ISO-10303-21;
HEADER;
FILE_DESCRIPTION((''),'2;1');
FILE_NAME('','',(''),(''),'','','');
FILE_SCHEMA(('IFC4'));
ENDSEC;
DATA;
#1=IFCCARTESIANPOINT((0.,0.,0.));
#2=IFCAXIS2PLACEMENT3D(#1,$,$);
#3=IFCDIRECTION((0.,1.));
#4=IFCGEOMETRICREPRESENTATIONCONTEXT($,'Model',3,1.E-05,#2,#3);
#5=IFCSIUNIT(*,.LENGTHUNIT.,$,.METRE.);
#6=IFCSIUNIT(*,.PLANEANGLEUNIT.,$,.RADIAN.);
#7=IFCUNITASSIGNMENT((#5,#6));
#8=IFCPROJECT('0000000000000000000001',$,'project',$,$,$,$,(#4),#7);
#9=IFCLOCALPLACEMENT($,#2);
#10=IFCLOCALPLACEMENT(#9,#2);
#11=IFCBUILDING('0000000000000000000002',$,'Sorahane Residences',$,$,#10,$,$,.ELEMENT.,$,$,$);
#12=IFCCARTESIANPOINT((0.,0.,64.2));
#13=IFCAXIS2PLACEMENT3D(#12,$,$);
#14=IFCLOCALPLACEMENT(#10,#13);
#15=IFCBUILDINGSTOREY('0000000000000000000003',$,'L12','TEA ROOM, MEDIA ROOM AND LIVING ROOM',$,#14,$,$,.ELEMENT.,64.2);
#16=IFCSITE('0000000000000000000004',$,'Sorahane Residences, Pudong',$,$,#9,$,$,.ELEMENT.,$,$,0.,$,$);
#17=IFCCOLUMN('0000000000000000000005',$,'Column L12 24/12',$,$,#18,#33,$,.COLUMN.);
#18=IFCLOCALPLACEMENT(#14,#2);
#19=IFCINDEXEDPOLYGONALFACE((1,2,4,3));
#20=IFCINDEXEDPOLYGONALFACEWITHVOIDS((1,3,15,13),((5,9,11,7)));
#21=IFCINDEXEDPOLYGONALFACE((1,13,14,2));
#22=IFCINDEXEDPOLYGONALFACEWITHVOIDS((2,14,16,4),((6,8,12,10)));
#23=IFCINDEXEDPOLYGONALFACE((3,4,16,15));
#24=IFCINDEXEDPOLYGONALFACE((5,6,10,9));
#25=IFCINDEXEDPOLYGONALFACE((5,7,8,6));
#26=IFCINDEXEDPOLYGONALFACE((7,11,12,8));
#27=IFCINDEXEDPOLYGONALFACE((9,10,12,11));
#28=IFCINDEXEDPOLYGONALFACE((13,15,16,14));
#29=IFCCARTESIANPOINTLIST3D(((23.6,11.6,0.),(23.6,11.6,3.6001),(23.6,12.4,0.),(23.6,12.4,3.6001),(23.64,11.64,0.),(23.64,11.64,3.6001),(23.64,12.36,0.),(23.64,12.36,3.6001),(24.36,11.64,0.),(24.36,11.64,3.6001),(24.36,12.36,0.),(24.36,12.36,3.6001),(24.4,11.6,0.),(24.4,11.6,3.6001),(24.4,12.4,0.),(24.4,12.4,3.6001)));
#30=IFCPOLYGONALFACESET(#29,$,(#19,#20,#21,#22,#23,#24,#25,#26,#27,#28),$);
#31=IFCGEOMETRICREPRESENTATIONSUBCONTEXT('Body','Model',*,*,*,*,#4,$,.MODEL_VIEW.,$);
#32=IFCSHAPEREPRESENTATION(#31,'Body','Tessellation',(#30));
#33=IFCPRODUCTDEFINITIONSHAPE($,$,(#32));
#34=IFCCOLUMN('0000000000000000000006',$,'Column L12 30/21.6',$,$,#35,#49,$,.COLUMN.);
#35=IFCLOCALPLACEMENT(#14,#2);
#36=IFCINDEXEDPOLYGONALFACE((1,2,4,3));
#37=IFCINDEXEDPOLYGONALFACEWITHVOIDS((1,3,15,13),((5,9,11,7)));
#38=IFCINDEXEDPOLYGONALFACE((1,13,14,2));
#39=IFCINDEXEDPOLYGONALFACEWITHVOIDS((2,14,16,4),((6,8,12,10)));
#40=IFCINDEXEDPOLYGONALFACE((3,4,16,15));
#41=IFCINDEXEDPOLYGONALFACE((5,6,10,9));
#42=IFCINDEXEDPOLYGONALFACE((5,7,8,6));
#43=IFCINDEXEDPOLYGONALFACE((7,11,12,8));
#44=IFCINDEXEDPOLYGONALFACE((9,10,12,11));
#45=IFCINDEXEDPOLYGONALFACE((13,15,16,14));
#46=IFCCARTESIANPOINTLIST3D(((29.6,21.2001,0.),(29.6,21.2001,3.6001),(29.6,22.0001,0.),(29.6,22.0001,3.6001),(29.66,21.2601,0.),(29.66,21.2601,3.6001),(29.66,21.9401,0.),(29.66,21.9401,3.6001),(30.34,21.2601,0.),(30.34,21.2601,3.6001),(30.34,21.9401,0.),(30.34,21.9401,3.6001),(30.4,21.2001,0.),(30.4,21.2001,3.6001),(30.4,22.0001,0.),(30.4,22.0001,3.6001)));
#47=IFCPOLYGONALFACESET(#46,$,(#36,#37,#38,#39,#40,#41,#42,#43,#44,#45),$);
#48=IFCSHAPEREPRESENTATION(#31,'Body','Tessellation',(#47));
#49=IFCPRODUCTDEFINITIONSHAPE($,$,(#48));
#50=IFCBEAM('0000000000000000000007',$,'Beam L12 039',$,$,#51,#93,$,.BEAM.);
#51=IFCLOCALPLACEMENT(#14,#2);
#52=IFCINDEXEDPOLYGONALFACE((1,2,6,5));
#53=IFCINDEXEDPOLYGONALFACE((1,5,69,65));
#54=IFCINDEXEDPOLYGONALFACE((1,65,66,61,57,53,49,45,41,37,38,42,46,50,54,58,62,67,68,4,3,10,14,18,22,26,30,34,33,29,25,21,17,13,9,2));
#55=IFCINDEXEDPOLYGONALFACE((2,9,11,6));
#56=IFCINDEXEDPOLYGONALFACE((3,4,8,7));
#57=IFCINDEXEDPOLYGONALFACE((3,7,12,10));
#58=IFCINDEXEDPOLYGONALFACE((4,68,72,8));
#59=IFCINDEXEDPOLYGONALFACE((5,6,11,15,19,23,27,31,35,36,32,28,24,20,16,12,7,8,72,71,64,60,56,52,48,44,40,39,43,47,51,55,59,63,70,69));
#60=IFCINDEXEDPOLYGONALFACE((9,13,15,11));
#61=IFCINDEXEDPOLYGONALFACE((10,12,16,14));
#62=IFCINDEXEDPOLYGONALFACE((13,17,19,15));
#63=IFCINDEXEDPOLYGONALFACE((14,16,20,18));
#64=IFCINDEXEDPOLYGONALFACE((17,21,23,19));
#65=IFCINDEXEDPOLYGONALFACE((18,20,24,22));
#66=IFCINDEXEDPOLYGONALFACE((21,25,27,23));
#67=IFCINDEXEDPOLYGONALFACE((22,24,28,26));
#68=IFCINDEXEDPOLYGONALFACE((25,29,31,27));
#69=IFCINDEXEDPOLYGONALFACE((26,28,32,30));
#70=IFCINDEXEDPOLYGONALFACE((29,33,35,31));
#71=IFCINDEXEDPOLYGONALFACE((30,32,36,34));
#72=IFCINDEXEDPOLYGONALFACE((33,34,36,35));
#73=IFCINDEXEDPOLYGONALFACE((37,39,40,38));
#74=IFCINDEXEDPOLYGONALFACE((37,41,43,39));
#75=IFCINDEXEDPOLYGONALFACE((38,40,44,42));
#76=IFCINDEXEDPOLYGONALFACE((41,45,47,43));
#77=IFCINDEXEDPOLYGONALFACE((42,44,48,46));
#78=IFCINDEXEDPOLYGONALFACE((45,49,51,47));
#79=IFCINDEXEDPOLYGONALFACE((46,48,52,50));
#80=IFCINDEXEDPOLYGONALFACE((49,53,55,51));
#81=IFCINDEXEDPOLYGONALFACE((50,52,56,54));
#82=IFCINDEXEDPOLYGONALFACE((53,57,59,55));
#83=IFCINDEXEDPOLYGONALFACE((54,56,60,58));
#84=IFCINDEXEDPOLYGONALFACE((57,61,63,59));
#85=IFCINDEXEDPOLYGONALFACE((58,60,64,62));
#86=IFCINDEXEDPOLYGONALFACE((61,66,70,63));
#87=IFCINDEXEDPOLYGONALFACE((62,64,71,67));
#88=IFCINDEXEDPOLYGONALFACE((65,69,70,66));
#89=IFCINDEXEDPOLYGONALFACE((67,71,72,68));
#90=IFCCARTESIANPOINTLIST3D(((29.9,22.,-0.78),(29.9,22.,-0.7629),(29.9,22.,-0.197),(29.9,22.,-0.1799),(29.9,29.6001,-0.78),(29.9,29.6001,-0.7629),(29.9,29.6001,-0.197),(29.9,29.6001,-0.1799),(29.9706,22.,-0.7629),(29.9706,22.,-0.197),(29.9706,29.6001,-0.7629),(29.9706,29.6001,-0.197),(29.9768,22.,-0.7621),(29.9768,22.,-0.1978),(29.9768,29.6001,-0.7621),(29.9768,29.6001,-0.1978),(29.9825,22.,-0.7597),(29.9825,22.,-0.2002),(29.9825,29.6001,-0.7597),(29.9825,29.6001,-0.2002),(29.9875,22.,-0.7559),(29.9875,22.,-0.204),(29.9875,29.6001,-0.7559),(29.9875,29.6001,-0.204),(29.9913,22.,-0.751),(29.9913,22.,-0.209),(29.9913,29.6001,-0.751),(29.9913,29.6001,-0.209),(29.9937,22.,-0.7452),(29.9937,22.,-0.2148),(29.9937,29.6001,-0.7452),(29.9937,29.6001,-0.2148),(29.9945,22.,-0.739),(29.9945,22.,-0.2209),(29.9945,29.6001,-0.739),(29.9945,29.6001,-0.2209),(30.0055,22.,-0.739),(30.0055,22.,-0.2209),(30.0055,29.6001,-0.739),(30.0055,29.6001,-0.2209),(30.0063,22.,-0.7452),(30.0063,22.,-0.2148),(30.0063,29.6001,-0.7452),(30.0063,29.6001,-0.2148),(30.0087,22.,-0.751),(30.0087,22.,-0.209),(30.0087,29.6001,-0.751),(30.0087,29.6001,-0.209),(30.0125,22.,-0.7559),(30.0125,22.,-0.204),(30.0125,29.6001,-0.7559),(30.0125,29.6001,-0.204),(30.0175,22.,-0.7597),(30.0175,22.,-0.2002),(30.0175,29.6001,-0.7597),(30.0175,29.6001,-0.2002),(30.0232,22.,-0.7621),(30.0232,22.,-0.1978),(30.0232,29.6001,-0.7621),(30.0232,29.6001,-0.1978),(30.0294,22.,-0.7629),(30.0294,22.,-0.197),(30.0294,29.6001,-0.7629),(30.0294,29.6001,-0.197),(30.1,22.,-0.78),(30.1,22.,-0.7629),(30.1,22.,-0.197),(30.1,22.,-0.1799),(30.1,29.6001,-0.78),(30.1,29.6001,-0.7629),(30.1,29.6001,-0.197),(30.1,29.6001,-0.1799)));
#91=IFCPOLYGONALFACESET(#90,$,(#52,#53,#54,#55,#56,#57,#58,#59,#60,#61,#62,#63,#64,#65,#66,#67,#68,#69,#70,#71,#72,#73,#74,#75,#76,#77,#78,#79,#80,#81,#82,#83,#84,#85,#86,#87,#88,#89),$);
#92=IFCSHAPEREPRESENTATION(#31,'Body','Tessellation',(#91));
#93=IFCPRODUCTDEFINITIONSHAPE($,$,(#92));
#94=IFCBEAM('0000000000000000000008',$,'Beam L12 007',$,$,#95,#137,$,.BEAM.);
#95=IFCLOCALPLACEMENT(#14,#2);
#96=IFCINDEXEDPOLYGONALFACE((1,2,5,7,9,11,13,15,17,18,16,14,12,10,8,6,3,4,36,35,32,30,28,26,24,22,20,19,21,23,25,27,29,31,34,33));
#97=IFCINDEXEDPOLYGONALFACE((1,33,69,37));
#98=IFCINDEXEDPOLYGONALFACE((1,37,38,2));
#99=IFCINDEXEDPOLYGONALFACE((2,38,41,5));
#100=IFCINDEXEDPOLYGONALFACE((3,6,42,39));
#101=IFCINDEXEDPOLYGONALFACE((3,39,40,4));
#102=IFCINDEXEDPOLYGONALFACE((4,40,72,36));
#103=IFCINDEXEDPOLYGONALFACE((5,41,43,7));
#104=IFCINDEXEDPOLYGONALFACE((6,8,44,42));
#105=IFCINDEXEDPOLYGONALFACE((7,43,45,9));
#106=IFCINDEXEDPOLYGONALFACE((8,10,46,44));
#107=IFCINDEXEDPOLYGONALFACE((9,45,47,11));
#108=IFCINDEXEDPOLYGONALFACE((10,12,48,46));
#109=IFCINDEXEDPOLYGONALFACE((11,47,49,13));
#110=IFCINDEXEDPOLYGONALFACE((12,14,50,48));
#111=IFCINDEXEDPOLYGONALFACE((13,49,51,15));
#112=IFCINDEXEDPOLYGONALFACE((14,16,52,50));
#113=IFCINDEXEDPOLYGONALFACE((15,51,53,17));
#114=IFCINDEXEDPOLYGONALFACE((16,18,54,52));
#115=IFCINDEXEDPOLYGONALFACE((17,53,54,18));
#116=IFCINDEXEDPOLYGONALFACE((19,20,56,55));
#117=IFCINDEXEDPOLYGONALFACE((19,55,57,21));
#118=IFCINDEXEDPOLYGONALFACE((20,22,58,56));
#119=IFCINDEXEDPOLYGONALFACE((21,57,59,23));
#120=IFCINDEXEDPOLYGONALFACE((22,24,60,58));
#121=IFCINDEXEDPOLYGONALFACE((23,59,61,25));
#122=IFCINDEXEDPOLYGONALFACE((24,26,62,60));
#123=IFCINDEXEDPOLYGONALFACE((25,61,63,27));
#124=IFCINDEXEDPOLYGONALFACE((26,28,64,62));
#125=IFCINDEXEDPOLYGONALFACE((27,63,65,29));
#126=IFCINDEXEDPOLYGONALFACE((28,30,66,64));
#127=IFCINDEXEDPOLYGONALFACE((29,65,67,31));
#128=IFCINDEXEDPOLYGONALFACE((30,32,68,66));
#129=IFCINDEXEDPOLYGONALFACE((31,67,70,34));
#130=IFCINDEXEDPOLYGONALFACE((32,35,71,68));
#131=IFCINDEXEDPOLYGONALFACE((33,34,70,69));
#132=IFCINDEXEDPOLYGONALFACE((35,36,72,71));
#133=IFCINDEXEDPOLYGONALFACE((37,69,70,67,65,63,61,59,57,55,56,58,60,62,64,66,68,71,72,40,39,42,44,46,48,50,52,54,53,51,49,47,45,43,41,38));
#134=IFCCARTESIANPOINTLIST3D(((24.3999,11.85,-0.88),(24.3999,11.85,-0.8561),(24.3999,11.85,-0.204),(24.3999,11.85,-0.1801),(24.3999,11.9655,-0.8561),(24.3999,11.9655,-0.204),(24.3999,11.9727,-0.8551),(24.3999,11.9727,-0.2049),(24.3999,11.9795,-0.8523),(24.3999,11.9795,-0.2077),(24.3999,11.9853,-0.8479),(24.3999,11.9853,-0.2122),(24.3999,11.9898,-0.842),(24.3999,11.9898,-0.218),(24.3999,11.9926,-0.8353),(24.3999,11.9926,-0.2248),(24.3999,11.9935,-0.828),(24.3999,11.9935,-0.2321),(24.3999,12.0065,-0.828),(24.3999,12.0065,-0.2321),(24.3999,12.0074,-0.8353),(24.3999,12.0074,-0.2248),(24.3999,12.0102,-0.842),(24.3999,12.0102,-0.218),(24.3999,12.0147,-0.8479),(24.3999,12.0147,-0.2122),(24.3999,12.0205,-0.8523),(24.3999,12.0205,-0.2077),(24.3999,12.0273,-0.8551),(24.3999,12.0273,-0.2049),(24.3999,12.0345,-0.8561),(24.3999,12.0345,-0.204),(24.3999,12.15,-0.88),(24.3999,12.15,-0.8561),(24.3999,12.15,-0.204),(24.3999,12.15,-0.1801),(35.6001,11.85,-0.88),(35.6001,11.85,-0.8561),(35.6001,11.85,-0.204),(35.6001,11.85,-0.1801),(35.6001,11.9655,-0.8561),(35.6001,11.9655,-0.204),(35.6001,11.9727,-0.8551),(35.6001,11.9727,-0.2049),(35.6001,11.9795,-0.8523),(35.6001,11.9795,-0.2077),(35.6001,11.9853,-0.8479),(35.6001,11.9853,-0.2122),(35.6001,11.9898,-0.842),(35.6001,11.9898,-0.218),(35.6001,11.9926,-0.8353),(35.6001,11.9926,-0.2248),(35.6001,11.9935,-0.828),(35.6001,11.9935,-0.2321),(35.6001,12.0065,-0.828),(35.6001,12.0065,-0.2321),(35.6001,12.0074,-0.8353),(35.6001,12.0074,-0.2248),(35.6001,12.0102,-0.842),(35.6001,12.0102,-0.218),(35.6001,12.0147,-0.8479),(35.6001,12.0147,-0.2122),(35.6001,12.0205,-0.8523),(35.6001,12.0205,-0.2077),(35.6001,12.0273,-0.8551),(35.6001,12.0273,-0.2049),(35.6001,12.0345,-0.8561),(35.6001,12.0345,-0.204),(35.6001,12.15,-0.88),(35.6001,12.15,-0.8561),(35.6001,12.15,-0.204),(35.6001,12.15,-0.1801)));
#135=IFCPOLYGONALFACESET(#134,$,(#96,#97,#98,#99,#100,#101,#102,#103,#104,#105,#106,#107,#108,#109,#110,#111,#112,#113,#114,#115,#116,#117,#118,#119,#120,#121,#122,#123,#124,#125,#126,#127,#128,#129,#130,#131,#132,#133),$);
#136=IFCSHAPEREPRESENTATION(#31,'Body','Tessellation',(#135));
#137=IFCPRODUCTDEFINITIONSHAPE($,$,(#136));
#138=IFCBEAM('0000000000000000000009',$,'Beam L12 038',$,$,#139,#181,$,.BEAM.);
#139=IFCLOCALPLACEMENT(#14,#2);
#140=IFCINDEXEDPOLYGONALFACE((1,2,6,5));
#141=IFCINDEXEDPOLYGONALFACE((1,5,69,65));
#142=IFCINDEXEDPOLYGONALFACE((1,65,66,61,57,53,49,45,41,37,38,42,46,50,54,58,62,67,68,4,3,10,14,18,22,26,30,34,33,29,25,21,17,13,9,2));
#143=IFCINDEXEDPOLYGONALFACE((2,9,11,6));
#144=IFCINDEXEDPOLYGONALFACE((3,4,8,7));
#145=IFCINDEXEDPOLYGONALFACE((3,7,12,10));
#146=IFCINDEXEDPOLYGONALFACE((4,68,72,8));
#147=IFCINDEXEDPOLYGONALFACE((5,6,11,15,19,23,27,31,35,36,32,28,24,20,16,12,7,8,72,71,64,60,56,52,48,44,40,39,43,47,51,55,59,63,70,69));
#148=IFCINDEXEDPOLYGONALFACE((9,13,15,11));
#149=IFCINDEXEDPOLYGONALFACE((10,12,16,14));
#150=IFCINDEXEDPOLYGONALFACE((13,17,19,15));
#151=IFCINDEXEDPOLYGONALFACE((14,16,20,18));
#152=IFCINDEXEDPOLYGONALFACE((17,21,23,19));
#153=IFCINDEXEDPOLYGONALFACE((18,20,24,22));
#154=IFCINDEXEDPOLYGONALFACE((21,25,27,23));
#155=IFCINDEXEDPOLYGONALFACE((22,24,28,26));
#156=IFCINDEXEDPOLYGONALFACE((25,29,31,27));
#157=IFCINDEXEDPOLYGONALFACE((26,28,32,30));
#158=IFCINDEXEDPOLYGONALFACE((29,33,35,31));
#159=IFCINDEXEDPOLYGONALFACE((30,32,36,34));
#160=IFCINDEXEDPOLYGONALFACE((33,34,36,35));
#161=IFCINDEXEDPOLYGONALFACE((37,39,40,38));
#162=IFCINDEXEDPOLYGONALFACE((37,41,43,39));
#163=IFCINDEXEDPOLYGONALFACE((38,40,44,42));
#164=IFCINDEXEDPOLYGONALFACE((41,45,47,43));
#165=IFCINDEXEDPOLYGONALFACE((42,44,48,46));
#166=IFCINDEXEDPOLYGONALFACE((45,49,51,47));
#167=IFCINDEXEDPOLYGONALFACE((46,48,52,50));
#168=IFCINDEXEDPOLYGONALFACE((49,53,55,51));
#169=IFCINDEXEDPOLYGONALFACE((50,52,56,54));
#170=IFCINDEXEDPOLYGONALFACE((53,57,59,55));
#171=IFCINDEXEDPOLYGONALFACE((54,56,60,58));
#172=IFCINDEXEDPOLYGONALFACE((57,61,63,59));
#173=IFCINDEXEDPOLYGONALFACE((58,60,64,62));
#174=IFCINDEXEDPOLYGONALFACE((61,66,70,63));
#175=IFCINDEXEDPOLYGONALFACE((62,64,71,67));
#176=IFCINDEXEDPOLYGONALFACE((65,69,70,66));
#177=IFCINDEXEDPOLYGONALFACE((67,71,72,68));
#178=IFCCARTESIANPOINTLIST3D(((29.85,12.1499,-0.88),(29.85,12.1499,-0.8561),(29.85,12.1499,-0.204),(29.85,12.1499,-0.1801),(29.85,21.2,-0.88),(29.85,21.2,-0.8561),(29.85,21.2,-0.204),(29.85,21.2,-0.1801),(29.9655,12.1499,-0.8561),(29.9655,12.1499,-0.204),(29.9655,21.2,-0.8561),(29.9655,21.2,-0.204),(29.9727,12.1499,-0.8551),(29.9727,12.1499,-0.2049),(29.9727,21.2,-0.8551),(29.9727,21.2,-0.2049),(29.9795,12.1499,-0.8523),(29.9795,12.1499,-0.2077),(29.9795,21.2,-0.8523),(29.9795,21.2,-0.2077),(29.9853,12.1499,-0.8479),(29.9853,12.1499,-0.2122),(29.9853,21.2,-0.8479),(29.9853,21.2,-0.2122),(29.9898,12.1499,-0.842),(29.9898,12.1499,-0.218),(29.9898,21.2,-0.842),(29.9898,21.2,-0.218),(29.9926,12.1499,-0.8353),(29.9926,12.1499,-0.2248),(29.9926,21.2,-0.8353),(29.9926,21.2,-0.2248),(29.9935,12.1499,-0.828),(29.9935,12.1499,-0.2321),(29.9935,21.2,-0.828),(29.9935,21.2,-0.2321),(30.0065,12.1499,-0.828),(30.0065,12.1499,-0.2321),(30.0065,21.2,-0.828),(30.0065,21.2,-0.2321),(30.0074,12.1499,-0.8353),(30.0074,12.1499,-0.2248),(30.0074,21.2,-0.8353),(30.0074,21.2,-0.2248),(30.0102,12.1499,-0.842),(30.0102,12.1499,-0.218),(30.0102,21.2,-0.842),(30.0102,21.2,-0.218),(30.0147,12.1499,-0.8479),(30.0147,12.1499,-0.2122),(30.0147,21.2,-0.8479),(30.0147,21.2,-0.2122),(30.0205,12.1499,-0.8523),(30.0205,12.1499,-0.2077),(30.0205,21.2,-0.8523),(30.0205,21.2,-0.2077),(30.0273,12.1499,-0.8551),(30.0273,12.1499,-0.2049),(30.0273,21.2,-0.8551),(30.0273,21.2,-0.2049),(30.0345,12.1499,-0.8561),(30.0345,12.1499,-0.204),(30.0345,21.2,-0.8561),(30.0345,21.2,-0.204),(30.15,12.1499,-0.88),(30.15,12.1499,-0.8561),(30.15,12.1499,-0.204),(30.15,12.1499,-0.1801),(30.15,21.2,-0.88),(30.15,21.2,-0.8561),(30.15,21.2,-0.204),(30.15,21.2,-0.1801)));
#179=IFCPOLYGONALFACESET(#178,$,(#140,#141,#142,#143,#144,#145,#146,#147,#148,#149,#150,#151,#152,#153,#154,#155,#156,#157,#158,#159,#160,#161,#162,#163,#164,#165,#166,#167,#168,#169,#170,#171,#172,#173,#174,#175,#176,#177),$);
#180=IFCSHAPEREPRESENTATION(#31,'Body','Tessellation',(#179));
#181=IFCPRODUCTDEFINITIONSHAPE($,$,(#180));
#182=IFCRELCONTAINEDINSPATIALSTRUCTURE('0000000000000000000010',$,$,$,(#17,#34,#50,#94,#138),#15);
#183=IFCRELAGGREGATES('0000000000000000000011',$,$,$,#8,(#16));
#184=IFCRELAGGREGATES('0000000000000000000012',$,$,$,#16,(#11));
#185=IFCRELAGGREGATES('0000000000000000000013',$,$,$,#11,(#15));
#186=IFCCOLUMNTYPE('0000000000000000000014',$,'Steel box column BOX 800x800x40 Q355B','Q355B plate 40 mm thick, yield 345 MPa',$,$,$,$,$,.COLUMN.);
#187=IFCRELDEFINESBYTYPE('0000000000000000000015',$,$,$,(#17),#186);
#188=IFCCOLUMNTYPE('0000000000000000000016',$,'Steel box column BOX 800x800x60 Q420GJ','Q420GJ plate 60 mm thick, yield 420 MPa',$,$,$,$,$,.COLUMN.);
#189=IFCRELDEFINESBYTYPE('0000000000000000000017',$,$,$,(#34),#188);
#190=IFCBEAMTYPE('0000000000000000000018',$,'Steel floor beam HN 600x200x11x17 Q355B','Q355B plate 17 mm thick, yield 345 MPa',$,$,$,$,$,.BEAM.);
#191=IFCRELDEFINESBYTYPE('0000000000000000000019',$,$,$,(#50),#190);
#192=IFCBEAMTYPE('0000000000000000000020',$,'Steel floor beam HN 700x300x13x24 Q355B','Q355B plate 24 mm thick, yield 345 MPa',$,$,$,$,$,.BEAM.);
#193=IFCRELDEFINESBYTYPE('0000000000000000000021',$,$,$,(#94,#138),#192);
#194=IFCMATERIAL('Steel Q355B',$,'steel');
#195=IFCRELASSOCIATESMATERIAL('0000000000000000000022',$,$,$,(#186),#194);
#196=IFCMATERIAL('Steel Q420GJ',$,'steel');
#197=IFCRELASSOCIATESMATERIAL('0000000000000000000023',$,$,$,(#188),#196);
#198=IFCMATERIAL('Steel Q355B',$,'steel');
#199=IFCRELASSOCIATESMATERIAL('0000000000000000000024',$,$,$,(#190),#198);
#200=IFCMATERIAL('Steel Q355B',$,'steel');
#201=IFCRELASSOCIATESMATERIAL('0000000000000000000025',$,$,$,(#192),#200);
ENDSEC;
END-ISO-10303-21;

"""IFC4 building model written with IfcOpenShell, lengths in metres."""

from ifc_helpers import new_model, si_unit, direction, frame, origin, origin_2d, place, context, subcontext, project, spatial, hollow_rectangle, i_section, extrude, material, material_profile, profile_set, type_object, element, save


model = new_model("IFC4")

# Units and contexts
model_context = context("Model", 3, precision=1e-05, world=origin(), true_north=direction((0.0, 1.0)))
body_context = subcontext(model_context, "Body", "Model", "MODEL_VIEW")
ifc_project = project(units=[si_unit("LENGTHUNIT", "METRE"), si_unit("PLANEANGLEUNIT", "RADIAN")], contexts=[model_context])

# Site, building, storey
site_placement = place(None, origin())
site = spatial("IfcSite", under=ifc_project, at=site_placement, Name="Sorahane Residences, Pudong", CompositionType="ELEMENT", RefElevation=0.0)
building_placement = place(site_placement, origin())
building = spatial("IfcBuilding", under=site, at=building_placement, Name="Sorahane Residences", CompositionType="ELEMENT")
storey_placement = place(building_placement, frame((0.0, 0.0, 64.2)))
storey = spatial("IfcBuildingStorey", under=building, at=storey_placement, Name="L12", Description="TEA ROOM, MEDIA ROOM AND LIVING ROOM", CompositionType="ELEMENT", Elevation=64.2)

# Columns
ifc_material_1 = material(Name="Steel Q355B", Category="steel")
ifc_material_profile_1 = material_profile(ifc_material_1, hollow_rectangle(XDim=0.8, YDim=0.8, WallThickness=0.04, at=origin_2d()), Name="BOX 800x800x40")
ifc_profile_set_1 = profile_set([ifc_material_profile_1], Name="Steel Q355B")
column_type_1 = type_object("IfcColumnType", Name="Steel box column BOX 800x800x40 Q355B", Description="Q355B plate 40 mm thick, yield 345 MPa", PredefinedType="COLUMN", material=ifc_profile_set_1)
column_1_placement = place(storey_placement, frame((24.0, 12.0, 0.0), z_axis=(0.0, 0.0, 1.0), x_axis=(1.0, 0.0, 0.0)))
element("IfcColumn", 1, at=column_1_placement, inside=storey, type_object=column_type_1, Name="Column L12 24/12", PredefinedType="COLUMN", context=body_context, shape_type="SweptSolid", body=[
    extrude(hollow_rectangle(XDim=0.8, YDim=0.8, WallThickness=0.04, at=origin_2d()), origin(), (0.0, 0.0, 1.0), 3.6001),
])
ifc_material_2 = material(Name="Steel Q420GJ", Category="steel")
ifc_material_profile_2 = material_profile(ifc_material_2, hollow_rectangle(XDim=0.8, YDim=0.8, WallThickness=0.0601, at=origin_2d()), Name="BOX 800x800x60")
ifc_profile_set_2 = profile_set([ifc_material_profile_2], Name="Steel Q420GJ")
column_type_2 = type_object("IfcColumnType", Name="Steel box column BOX 800x800x60 Q420GJ", Description="Q420GJ plate 60 mm thick, yield 420 MPa", PredefinedType="COLUMN", material=ifc_profile_set_2)
column_2_placement = place(storey_placement, frame((30.0, 21.6001, 0.0), z_axis=(0.0, 0.0, 1.0), x_axis=(1.0, 0.0, 0.0)))
element("IfcColumn", 2, at=column_2_placement, inside=storey, type_object=column_type_2, Name="Column L12 30/21.6", PredefinedType="COLUMN", context=body_context, shape_type="SweptSolid", body=[
    extrude(hollow_rectangle(XDim=0.8, YDim=0.8, WallThickness=0.0601, at=origin_2d()), origin(), (0.0, 0.0, 1.0), 3.6001),
])

# Beams
ifc_material_3 = material(Name="Steel Q355B", Category="steel")
ifc_material_profile_3 = material_profile(ifc_material_3, i_section(OverallWidth=0.2, OverallDepth=0.6001, WebThickness=0.011, FlangeThickness=0.0171, FilletRadius=0.0239, at=origin_2d()), Name="HN 600x200x11x17")
ifc_profile_set_3 = profile_set([ifc_material_profile_3], Name="Steel Q355B")
beam_type_1 = type_object("IfcBeamType", Name="Steel floor beam HN 600x200x11x17 Q355B", Description="Q355B plate 17 mm thick, yield 345 MPa", PredefinedType="BEAM", material=ifc_profile_set_3)
beam_1_placement = place(storey_placement, frame((30.0, 22.0, -0.48), z_axis=(0.0, 1.0, 0.0), x_axis=(-1.0, 0.0, 0.0)))
element("IfcBeam", 3, at=beam_1_placement, inside=storey, type_object=beam_type_1, Name="Beam L12 039", PredefinedType="BEAM", context=body_context, shape_type="SweptSolid", body=[
    extrude(i_section(OverallWidth=0.2, OverallDepth=0.6001, WebThickness=0.011, FlangeThickness=0.0171, FilletRadius=0.0239, at=origin_2d()), origin(), (0.0, 0.0, 1.0), 7.6001),
])
ifc_material_4 = material(Name="Steel Q355B", Category="steel")
ifc_material_profile_4 = material_profile(ifc_material_4, i_section(OverallWidth=0.3, OverallDepth=0.7, WebThickness=0.0129, FlangeThickness=0.0239, FilletRadius=0.0281, at=origin_2d()), Name="HN 700x300x13x24")
ifc_profile_set_4 = profile_set([ifc_material_profile_4], Name="Steel Q355B")
beam_type_2 = type_object("IfcBeamType", Name="Steel floor beam HN 700x300x13x24 Q355B", Description="Q355B plate 24 mm thick, yield 345 MPa", PredefinedType="BEAM", material=ifc_profile_set_4)
beam_2_placement = place(storey_placement, frame((24.3999, 12.0, -0.53), z_axis=(1.0, 0.0, 0.0), x_axis=(0.0, 1.0, 0.0)))
element("IfcBeam", 4, at=beam_2_placement, inside=storey, type_object=beam_type_2, Name="Beam L12 007", PredefinedType="BEAM", context=body_context, shape_type="SweptSolid", body=[
    extrude(i_section(OverallWidth=0.3, OverallDepth=0.7, WebThickness=0.0129, FlangeThickness=0.0239, FilletRadius=0.0281, at=origin_2d()), origin(), (0.0, 0.0, 1.0), 11.2002),
])
beam_3_placement = place(storey_placement, frame((30.0, 12.1499, -0.53), z_axis=(0.0, 1.0, 0.0), x_axis=(-1.0, 0.0, 0.0)))
element("IfcBeam", 5, at=beam_3_placement, inside=storey, type_object=beam_type_2, Name="Beam L12 038", PredefinedType="BEAM", context=body_context, shape_type="SweptSolid", body=[
    extrude(i_section(OverallWidth=0.3, OverallDepth=0.7, WebThickness=0.0129, FlangeThickness=0.0239, FilletRadius=0.0281, at=origin_2d()), origin(), (0.0, 0.0, 1.0), 9.05),
])

save(model, "model.ifc")
